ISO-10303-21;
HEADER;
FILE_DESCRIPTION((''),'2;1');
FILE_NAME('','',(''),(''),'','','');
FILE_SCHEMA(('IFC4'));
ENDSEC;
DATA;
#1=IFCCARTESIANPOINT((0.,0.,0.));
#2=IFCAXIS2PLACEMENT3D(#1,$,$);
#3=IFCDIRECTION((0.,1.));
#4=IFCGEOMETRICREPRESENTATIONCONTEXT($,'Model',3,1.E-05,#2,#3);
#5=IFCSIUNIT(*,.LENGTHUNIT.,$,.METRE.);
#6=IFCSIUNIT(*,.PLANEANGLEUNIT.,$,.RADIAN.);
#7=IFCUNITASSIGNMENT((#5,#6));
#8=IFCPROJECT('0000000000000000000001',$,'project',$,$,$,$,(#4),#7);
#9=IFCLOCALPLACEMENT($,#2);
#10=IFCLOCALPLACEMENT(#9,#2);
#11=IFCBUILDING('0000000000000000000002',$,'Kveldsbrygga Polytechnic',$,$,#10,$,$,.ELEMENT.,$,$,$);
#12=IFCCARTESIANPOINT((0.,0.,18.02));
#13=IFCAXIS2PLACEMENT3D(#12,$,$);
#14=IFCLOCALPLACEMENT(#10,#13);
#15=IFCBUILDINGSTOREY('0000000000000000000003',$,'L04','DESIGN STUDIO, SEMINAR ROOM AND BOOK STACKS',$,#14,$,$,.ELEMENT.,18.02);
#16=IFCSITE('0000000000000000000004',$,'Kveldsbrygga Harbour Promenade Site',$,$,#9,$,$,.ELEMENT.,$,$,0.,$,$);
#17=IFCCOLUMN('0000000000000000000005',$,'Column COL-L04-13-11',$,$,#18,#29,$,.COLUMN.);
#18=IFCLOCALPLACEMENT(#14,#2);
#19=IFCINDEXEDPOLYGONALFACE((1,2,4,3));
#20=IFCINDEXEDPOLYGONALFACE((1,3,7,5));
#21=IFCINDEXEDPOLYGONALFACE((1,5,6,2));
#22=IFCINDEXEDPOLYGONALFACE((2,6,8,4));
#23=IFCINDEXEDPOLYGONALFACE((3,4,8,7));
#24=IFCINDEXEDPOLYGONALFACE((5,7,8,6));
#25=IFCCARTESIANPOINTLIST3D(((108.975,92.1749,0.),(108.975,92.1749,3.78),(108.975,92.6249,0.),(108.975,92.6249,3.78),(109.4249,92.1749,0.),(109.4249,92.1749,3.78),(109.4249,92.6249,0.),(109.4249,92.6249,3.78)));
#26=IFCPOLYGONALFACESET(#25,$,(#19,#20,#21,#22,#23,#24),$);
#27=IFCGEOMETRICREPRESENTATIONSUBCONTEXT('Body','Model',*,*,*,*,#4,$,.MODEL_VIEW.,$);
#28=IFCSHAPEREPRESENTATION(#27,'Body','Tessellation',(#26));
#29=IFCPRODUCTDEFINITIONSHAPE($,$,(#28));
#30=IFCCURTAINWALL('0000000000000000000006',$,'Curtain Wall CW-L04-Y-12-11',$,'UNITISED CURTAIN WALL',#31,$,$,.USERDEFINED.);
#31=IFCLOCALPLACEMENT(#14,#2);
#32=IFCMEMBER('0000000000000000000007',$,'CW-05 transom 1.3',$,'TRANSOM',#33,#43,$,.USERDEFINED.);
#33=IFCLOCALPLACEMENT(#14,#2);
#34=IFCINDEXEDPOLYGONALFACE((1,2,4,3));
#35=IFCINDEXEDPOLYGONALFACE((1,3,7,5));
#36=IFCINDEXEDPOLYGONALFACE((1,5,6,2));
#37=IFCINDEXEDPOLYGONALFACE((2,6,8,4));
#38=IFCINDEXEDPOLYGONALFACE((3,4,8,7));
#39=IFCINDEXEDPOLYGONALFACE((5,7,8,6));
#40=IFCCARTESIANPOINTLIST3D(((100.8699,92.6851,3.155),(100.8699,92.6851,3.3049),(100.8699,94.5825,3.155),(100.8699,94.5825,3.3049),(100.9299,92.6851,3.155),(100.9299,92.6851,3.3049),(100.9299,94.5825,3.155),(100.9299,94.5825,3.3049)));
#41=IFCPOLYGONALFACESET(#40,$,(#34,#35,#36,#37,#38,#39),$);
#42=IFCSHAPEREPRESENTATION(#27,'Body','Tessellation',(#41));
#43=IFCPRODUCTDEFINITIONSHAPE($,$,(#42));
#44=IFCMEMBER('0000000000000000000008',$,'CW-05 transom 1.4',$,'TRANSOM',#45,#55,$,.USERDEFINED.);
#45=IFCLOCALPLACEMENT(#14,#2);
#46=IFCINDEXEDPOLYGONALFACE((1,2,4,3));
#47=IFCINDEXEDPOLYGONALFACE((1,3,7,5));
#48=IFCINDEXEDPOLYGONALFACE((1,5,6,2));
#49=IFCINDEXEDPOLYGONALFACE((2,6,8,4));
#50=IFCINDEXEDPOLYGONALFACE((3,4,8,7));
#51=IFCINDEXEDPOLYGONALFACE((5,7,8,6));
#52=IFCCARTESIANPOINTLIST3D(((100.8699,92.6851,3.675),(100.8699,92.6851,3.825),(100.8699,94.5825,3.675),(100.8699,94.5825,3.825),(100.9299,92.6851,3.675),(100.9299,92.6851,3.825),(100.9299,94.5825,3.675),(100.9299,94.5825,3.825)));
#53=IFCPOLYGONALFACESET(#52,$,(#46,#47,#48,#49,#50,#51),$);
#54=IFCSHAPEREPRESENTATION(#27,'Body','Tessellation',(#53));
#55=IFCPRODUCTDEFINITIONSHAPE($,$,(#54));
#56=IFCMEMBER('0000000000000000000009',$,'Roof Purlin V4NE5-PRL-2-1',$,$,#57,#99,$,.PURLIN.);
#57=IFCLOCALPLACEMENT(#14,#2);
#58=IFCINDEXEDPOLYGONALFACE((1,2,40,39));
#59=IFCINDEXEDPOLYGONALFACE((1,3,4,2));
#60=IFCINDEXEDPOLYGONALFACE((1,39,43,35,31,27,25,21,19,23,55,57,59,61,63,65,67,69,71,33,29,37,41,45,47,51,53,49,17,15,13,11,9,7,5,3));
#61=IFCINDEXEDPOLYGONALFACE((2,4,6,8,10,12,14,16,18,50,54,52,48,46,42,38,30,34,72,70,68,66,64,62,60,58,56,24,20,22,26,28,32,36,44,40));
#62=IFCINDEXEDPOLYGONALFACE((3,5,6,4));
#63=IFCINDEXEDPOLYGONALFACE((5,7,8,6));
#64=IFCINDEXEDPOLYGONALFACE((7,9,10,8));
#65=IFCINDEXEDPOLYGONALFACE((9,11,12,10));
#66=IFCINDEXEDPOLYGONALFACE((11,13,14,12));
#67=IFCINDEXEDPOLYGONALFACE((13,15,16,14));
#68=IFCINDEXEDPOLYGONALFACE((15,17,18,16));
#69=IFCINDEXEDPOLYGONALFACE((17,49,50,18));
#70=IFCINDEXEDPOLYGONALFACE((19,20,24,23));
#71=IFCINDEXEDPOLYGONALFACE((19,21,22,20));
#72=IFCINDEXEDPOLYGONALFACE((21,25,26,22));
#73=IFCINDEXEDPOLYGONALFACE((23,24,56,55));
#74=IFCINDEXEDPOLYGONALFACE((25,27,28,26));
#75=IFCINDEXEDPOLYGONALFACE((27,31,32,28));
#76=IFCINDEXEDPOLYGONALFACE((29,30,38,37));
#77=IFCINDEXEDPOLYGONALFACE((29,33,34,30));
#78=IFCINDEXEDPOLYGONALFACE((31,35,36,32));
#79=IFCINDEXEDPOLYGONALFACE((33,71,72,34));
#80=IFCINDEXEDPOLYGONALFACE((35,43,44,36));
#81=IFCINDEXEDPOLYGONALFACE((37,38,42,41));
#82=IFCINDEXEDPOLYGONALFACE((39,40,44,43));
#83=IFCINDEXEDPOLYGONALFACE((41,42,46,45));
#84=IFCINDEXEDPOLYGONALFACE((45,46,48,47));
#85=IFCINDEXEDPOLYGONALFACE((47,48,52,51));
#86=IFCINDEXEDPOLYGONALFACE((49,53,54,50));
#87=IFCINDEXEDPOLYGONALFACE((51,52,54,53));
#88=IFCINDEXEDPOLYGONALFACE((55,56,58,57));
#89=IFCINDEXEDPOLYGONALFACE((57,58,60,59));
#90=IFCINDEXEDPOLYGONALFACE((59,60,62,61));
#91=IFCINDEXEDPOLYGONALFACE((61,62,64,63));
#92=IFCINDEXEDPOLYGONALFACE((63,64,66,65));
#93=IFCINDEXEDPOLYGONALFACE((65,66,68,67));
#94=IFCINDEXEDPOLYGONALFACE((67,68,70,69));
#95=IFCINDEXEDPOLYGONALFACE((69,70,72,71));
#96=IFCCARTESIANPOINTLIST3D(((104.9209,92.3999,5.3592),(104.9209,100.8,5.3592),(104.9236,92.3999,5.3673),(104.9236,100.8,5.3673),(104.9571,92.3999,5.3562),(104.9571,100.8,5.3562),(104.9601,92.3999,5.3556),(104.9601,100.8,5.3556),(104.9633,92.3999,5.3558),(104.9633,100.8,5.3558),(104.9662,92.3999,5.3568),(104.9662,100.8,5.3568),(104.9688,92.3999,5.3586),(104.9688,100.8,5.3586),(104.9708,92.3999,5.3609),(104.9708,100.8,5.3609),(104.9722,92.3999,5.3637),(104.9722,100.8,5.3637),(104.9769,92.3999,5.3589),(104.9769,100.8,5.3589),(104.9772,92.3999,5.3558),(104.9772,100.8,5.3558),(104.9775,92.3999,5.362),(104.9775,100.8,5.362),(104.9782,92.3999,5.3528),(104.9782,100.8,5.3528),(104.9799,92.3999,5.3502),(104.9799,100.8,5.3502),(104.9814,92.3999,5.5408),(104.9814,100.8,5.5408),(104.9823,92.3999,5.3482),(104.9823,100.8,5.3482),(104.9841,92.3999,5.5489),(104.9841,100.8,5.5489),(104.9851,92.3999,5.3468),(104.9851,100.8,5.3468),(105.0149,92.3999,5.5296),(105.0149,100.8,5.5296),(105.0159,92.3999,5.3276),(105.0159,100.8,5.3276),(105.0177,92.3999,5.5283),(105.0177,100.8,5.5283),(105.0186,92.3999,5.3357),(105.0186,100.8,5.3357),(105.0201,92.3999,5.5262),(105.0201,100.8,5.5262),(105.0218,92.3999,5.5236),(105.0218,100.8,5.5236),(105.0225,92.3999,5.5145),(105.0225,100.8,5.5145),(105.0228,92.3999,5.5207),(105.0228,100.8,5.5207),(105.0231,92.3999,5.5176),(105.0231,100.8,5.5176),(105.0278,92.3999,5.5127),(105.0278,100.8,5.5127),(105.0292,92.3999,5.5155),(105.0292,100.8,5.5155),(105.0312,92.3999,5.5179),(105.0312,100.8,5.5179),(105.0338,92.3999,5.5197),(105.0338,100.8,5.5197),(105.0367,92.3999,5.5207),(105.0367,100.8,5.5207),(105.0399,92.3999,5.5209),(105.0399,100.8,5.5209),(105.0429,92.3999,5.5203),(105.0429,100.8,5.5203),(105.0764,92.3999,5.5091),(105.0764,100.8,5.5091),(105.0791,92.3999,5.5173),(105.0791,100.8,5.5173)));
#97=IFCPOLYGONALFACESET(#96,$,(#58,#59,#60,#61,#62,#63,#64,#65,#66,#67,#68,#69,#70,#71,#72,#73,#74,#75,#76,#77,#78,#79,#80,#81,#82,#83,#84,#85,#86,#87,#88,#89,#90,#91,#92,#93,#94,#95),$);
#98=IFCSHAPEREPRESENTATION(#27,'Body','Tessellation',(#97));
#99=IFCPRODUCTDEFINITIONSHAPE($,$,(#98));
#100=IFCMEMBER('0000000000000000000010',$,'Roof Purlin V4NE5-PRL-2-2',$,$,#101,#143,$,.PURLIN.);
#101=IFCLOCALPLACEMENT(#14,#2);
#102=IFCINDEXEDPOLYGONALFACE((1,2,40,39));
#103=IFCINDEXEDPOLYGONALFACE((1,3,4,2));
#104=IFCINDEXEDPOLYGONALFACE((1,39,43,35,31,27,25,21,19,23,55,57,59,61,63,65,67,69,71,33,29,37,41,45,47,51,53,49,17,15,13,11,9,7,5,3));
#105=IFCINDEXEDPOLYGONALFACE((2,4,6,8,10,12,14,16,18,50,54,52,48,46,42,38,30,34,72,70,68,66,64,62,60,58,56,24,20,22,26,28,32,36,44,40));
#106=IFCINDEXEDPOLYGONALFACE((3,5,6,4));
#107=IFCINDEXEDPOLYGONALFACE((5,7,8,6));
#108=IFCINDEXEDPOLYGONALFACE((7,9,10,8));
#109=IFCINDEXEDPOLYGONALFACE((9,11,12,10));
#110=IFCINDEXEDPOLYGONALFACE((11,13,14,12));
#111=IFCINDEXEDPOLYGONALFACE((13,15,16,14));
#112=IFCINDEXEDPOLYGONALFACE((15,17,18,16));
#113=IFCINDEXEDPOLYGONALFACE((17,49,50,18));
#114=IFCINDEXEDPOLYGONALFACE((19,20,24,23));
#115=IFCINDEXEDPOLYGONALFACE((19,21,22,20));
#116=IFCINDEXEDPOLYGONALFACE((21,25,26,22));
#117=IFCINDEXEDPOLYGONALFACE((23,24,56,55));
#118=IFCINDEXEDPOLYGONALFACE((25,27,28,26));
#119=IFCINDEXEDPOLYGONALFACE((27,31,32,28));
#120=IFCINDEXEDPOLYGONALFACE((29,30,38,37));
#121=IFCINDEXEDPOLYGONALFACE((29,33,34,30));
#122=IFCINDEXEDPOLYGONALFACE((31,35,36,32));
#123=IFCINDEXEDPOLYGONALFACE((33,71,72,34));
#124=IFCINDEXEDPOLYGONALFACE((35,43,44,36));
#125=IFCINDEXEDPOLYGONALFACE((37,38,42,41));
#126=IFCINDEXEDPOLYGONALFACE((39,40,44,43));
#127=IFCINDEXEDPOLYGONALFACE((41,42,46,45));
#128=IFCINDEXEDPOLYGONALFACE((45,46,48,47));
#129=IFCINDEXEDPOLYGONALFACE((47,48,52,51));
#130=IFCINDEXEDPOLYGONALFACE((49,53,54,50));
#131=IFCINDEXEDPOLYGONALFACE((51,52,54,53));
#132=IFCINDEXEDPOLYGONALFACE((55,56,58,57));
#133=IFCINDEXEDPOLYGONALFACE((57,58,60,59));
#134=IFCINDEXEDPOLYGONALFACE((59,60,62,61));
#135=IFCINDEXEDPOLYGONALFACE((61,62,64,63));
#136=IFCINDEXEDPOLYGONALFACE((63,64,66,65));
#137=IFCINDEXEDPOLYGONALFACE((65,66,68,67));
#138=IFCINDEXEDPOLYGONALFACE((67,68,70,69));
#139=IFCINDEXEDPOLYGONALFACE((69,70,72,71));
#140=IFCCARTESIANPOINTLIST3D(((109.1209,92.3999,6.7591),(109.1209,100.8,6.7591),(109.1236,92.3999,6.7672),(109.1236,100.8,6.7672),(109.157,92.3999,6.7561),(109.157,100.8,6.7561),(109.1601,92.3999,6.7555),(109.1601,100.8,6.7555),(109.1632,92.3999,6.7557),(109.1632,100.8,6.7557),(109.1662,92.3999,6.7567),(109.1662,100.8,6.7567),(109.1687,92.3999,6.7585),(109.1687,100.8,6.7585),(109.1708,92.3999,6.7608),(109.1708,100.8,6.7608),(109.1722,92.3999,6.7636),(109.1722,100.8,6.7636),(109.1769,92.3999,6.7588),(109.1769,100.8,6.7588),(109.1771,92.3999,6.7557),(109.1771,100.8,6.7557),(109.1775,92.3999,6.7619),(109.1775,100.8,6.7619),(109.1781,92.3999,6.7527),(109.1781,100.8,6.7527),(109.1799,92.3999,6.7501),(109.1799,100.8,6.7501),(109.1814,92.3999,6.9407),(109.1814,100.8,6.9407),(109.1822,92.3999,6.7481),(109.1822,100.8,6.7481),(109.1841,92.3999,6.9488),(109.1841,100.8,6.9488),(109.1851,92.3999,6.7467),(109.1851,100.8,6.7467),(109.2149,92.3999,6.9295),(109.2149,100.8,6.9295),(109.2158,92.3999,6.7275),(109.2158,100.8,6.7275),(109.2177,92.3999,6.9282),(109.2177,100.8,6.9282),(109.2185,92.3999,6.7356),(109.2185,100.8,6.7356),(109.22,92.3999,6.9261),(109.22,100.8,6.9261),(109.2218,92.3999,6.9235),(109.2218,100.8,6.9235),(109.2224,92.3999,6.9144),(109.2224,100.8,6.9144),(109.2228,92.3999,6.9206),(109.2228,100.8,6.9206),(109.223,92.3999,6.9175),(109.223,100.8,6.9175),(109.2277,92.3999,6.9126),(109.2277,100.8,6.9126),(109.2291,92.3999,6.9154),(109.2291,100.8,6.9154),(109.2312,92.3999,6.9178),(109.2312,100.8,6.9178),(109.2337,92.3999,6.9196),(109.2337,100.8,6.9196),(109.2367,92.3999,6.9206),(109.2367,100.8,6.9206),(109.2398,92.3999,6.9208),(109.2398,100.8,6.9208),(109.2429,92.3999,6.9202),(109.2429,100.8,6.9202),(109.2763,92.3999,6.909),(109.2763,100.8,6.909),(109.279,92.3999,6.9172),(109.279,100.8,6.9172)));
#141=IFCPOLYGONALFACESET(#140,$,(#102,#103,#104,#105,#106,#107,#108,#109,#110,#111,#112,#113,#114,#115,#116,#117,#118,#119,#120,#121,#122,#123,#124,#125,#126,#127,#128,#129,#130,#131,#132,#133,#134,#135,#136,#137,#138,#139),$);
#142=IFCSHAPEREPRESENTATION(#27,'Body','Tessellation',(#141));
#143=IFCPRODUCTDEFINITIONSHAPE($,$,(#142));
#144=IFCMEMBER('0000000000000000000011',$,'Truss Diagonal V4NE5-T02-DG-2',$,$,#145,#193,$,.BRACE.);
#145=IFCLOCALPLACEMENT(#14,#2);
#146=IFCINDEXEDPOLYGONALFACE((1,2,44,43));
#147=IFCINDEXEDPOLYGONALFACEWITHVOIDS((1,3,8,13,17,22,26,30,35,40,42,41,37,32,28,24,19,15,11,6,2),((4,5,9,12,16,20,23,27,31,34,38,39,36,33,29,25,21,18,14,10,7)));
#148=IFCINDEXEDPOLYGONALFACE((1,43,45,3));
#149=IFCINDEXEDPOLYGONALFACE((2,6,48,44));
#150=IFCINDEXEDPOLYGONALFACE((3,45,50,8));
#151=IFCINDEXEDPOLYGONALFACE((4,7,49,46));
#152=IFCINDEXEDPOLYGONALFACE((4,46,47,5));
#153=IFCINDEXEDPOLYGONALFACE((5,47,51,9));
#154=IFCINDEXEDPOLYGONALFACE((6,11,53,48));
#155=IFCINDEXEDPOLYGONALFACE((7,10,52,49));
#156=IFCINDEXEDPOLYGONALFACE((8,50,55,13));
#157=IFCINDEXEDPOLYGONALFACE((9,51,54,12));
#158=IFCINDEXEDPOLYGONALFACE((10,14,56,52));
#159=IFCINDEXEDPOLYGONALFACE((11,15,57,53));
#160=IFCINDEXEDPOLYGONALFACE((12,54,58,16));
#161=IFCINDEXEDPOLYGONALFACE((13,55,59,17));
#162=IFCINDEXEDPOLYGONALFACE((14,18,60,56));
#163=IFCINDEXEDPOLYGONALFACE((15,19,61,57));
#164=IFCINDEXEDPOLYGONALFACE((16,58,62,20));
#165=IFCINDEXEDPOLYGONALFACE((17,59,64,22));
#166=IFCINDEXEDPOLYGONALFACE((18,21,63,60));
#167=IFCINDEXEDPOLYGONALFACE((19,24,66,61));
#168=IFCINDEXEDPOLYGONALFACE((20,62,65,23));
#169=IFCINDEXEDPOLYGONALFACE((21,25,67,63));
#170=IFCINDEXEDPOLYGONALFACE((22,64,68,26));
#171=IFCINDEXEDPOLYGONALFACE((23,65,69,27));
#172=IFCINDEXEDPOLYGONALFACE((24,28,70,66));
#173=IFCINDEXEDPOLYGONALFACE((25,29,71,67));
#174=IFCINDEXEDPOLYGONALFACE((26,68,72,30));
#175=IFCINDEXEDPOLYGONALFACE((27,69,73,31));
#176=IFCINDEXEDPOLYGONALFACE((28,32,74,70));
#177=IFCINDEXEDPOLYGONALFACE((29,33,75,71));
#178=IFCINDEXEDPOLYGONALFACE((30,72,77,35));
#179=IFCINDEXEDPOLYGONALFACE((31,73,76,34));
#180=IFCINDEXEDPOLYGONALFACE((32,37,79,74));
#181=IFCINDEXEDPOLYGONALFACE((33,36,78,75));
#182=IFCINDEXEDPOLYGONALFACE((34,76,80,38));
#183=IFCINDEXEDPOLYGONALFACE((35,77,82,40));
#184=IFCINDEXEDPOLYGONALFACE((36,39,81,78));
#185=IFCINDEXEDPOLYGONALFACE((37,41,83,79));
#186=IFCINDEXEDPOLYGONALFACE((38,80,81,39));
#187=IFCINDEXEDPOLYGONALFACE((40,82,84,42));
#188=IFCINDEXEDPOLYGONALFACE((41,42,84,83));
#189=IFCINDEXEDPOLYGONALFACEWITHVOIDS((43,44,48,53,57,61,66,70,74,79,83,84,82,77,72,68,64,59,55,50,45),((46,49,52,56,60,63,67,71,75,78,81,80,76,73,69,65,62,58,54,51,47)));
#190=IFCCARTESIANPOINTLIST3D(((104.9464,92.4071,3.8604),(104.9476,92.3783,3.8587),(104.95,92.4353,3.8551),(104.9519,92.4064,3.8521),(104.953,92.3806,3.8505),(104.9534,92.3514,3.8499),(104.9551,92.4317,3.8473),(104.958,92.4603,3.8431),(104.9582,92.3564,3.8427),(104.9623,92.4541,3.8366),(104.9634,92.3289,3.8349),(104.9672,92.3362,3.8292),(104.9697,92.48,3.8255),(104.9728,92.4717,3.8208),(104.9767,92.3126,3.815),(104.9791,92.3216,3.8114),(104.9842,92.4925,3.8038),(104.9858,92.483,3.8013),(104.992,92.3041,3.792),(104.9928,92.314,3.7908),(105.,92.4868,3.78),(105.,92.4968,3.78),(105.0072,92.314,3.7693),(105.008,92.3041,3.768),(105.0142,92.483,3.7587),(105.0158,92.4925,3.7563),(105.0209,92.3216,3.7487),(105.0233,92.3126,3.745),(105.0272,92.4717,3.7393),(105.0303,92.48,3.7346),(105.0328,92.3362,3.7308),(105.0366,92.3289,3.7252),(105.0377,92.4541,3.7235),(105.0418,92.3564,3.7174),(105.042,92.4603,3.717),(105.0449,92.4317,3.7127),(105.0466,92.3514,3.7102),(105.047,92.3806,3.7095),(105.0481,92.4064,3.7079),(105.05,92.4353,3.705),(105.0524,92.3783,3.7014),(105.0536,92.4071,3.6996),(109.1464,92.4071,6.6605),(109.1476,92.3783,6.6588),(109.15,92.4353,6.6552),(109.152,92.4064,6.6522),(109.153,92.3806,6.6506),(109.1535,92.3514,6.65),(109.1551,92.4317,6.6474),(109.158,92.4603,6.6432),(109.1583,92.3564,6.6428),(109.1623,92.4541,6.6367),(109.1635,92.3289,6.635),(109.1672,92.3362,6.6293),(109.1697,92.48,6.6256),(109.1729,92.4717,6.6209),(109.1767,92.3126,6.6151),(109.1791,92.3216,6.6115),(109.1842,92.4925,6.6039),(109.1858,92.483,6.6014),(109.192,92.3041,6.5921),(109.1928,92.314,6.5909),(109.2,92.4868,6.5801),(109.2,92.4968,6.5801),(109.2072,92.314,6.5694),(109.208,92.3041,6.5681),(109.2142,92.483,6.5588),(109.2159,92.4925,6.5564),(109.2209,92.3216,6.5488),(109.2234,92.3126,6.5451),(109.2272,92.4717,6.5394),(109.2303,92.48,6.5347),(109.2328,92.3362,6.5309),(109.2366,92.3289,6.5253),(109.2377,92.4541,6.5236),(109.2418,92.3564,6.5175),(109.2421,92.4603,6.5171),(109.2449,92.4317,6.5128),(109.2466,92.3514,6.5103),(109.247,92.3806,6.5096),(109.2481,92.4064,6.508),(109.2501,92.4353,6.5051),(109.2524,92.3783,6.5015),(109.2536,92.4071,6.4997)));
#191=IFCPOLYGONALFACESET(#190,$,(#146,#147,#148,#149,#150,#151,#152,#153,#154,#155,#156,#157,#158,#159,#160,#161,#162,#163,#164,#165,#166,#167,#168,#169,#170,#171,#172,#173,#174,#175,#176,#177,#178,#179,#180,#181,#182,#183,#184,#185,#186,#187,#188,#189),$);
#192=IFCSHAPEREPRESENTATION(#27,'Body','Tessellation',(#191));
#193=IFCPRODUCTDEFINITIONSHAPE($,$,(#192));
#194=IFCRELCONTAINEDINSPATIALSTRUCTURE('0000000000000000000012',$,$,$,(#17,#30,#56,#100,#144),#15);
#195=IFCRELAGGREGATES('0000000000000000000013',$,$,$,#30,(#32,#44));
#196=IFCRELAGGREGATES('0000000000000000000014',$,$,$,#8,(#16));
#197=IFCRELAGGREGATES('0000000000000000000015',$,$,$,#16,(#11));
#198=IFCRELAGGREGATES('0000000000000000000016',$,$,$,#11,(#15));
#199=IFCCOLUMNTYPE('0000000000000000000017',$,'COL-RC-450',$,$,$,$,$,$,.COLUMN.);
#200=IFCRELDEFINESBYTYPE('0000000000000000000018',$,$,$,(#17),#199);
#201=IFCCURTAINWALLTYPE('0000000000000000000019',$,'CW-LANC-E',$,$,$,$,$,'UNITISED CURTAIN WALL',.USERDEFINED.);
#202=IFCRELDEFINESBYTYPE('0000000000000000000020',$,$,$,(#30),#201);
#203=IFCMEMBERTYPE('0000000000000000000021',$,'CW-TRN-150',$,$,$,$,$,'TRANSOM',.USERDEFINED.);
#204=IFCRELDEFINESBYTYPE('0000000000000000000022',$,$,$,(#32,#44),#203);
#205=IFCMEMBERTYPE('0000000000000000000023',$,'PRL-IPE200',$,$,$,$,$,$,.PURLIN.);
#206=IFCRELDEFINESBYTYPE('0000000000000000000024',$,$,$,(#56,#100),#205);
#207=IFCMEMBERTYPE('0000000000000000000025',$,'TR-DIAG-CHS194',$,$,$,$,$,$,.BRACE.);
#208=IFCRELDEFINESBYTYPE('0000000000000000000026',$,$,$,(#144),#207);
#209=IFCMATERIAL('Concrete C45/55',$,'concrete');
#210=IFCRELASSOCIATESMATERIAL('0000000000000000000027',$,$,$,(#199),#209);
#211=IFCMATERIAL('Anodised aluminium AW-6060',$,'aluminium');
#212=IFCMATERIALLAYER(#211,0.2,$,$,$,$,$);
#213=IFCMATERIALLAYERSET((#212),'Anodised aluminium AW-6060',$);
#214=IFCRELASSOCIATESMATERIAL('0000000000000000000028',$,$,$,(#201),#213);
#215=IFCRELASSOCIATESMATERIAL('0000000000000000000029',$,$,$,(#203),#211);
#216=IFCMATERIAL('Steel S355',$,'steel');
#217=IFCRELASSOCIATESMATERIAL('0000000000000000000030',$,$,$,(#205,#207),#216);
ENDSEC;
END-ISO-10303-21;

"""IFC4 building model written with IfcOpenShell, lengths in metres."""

from ifc_helpers import new_model, si_unit, direction, frame, origin, origin_2d, place, context, subcontext, project, spatial, rectangle, hollow_circle, i_section, extrude, material, layer, layer_set, material_profile, profile_set, type_object, element, aggregate, save


model = new_model("IFC4")

# Units and contexts
model_context = context("Model", 3, precision=1e-05, world=origin(), true_north=direction((0.0, 1.0)))
body_context = subcontext(model_context, "Body", "Model", "MODEL_VIEW")
ifc_project = project(units=[si_unit("LENGTHUNIT", "METRE"), si_unit("PLANEANGLEUNIT", "RADIAN")], contexts=[model_context])

# Site, building, storey
site_placement = place(None, origin())
site = spatial("IfcSite", under=ifc_project, at=site_placement, Name="Kveldsbrygga Harbour Promenade Site", CompositionType="ELEMENT", RefElevation=0.0)
building_placement = place(site_placement, origin())
building = spatial("IfcBuilding", under=site, at=building_placement, Name="Kveldsbrygga Polytechnic", CompositionType="ELEMENT")
storey_placement = place(building_placement, frame((0.0, 0.0, 18.02)))
storey = spatial("IfcBuildingStorey", under=building, at=storey_placement, Name="L04", Description="DESIGN STUDIO, SEMINAR ROOM AND BOOK STACKS", CompositionType="ELEMENT", Elevation=18.02)

# Column
ifc_material_1 = material(Name="Concrete C45/55", Category="concrete")
ifc_material_profile_1 = material_profile(ifc_material_1, rectangle(XDim=0.45, YDim=0.45, at=origin_2d()), Name="RC 450x450")
ifc_profile_set_1 = profile_set([ifc_material_profile_1], Name="Concrete C45/55")
column_type = type_object("IfcColumnType", Name="COL-RC-450", PredefinedType="COLUMN", material=ifc_profile_set_1)
column_placement = place(storey_placement, frame((109.2, 92.3999, 0.0), z_axis=(0.0, 0.0, 1.0), x_axis=(1.0, 0.0, 0.0)))
element("IfcColumn", 1, at=column_placement, inside=storey, type_object=column_type, Name="Column COL-L04-13-11", PredefinedType="COLUMN", context=body_context, shape_type="SweptSolid", body=[
    extrude(rectangle(XDim=0.45, YDim=0.45, at=origin_2d()), origin(), (0.0, 0.0, 1.0), 3.78),
])

# Curtain wall, members
ifc_material_2 = material(Name="Anodised aluminium AW-6060", Category="aluminium")
ifc_layer_1 = layer(ifc_material_2, 0.2)
ifc_layer_set_1 = layer_set([ifc_layer_1], Name="Anodised aluminium AW-6060")
curtain_wall_type = type_object("IfcCurtainWallType", Name="CW-LANC-E", ElementType="UNITISED CURTAIN WALL", PredefinedType="USERDEFINED", material=ifc_layer_set_1)
curtain_wall_placement = place(storey_placement, origin())
curtain_wall = element("IfcCurtainWall", 2, at=curtain_wall_placement, inside=storey, type_object=curtain_wall_type, Name="Curtain Wall CW-L04-Y-12-11", ObjectType="UNITISED CURTAIN WALL", PredefinedType="USERDEFINED")
ifc_material_profile_2 = material_profile(ifc_material_2, rectangle(XDim=0.0601, YDim=0.1499, at=origin_2d()), Name="ALU 60x150")
ifc_profile_set_2 = profile_set([ifc_material_profile_2], Name="Anodised aluminium AW-6060")
member_type_1 = type_object("IfcMemberType", Name="CW-TRN-150", ElementType="TRANSOM", PredefinedType="USERDEFINED", material=ifc_profile_set_2)
member_1_placement = place(storey_placement, frame((100.8999, 92.6851, 3.23), z_axis=(0.0, 1.0, 0.0), x_axis=(-1.0, 0.0, 0.0)))
member_1 = element("IfcMember", 3, at=member_1_placement, type_object=member_type_1, Name="CW-05 transom 1.3", ObjectType="TRANSOM", PredefinedType="USERDEFINED", context=body_context, shape_type="SweptSolid", body=[
    extrude(rectangle(XDim=0.0601, YDim=0.1499, at=origin_2d()), origin(), (0.0, 0.0, 1.0), 1.8975),
])
member_2_placement = place(storey_placement, frame((100.8999, 92.6851, 3.75), z_axis=(0.0, 1.0, 0.0), x_axis=(-1.0, 0.0, 0.0)))
member_2 = element("IfcMember", 4, at=member_2_placement, type_object=member_type_1, Name="CW-05 transom 1.4", ObjectType="TRANSOM", PredefinedType="USERDEFINED", context=body_context, shape_type="SweptSolid", body=[
    extrude(rectangle(XDim=0.0601, YDim=0.1499, at=origin_2d()), origin(), (0.0, 0.0, 1.0), 1.8975),
])
aggregate(curtain_wall, [member_1, member_2])

# Members
ifc_material_3 = material(Name="Steel S355", Category="steel")
ifc_material_profile_3 = material_profile(ifc_material_3, i_section(OverallWidth=0.1001, OverallDepth=0.2, WebThickness=0.0056, FlangeThickness=0.0085, FilletRadius=0.012, at=origin_2d()), Name="IPE 200")
ifc_profile_set_3 = profile_set([ifc_material_profile_3], Name="Steel S355")
member_type_2 = type_object("IfcMemberType", Name="PRL-IPE200", PredefinedType="PURLIN", material=ifc_profile_set_3)
for number, where, z_axis, x_axis, name in (
    (5, (105.0, 92.3999, 5.4382), (0.0, 1.0, 0.0), (-0.948684, 0.0, 0.316227), "Roof Purlin V4NE5-PRL-2-1"),
    (6, (109.2, 92.3999, 6.8381), (0.0, 1.0, 0.0), (-0.948684, 0.0, 0.316227), "Roof Purlin V4NE5-PRL-2-2"),
):
    element("IfcMember", number, at=place(storey_placement, frame(where, z_axis=z_axis, x_axis=x_axis)), inside=storey, type_object=member_type_2, Name=name, PredefinedType="PURLIN", context=body_context, shape_type="SweptSolid", body=[
        extrude(i_section(OverallWidth=0.1001, OverallDepth=0.2, WebThickness=0.0056, FlangeThickness=0.0085, FilletRadius=0.012, at=origin_2d()), origin(), (0.0, 0.0, 1.0), 8.4001),
    ])
ifc_material_profile_4 = material_profile(ifc_material_3, hollow_circle(Radius=0.0969, WallThickness=0.01, at=origin_2d()), Name="CHS 193.7x10.0")
ifc_profile_set_4 = profile_set([ifc_material_profile_4], Name="Steel S355")
member_type_3 = type_object("IfcMemberType", Name="TR-DIAG-CHS194", PredefinedType="BRACE", material=ifc_profile_set_4)
member_3_placement = place(storey_placement, frame((105.0, 92.3999, 3.78), z_axis=(0.832043, 0.0, 0.554711), x_axis=(0.0, 1.0, 0.0)))
element("IfcMember", 7, at=member_3_placement, inside=storey, type_object=member_type_3, Name="Truss Diagonal V4NE5-T02-DG-2", PredefinedType="BRACE", context=body_context, shape_type="SweptSolid", body=[
    extrude(hollow_circle(Radius=0.0969, WallThickness=0.01, at=origin_2d()), origin(), (0.0, 0.0, 1.0), 5.0479),
])

save(model, "model.ifc")
